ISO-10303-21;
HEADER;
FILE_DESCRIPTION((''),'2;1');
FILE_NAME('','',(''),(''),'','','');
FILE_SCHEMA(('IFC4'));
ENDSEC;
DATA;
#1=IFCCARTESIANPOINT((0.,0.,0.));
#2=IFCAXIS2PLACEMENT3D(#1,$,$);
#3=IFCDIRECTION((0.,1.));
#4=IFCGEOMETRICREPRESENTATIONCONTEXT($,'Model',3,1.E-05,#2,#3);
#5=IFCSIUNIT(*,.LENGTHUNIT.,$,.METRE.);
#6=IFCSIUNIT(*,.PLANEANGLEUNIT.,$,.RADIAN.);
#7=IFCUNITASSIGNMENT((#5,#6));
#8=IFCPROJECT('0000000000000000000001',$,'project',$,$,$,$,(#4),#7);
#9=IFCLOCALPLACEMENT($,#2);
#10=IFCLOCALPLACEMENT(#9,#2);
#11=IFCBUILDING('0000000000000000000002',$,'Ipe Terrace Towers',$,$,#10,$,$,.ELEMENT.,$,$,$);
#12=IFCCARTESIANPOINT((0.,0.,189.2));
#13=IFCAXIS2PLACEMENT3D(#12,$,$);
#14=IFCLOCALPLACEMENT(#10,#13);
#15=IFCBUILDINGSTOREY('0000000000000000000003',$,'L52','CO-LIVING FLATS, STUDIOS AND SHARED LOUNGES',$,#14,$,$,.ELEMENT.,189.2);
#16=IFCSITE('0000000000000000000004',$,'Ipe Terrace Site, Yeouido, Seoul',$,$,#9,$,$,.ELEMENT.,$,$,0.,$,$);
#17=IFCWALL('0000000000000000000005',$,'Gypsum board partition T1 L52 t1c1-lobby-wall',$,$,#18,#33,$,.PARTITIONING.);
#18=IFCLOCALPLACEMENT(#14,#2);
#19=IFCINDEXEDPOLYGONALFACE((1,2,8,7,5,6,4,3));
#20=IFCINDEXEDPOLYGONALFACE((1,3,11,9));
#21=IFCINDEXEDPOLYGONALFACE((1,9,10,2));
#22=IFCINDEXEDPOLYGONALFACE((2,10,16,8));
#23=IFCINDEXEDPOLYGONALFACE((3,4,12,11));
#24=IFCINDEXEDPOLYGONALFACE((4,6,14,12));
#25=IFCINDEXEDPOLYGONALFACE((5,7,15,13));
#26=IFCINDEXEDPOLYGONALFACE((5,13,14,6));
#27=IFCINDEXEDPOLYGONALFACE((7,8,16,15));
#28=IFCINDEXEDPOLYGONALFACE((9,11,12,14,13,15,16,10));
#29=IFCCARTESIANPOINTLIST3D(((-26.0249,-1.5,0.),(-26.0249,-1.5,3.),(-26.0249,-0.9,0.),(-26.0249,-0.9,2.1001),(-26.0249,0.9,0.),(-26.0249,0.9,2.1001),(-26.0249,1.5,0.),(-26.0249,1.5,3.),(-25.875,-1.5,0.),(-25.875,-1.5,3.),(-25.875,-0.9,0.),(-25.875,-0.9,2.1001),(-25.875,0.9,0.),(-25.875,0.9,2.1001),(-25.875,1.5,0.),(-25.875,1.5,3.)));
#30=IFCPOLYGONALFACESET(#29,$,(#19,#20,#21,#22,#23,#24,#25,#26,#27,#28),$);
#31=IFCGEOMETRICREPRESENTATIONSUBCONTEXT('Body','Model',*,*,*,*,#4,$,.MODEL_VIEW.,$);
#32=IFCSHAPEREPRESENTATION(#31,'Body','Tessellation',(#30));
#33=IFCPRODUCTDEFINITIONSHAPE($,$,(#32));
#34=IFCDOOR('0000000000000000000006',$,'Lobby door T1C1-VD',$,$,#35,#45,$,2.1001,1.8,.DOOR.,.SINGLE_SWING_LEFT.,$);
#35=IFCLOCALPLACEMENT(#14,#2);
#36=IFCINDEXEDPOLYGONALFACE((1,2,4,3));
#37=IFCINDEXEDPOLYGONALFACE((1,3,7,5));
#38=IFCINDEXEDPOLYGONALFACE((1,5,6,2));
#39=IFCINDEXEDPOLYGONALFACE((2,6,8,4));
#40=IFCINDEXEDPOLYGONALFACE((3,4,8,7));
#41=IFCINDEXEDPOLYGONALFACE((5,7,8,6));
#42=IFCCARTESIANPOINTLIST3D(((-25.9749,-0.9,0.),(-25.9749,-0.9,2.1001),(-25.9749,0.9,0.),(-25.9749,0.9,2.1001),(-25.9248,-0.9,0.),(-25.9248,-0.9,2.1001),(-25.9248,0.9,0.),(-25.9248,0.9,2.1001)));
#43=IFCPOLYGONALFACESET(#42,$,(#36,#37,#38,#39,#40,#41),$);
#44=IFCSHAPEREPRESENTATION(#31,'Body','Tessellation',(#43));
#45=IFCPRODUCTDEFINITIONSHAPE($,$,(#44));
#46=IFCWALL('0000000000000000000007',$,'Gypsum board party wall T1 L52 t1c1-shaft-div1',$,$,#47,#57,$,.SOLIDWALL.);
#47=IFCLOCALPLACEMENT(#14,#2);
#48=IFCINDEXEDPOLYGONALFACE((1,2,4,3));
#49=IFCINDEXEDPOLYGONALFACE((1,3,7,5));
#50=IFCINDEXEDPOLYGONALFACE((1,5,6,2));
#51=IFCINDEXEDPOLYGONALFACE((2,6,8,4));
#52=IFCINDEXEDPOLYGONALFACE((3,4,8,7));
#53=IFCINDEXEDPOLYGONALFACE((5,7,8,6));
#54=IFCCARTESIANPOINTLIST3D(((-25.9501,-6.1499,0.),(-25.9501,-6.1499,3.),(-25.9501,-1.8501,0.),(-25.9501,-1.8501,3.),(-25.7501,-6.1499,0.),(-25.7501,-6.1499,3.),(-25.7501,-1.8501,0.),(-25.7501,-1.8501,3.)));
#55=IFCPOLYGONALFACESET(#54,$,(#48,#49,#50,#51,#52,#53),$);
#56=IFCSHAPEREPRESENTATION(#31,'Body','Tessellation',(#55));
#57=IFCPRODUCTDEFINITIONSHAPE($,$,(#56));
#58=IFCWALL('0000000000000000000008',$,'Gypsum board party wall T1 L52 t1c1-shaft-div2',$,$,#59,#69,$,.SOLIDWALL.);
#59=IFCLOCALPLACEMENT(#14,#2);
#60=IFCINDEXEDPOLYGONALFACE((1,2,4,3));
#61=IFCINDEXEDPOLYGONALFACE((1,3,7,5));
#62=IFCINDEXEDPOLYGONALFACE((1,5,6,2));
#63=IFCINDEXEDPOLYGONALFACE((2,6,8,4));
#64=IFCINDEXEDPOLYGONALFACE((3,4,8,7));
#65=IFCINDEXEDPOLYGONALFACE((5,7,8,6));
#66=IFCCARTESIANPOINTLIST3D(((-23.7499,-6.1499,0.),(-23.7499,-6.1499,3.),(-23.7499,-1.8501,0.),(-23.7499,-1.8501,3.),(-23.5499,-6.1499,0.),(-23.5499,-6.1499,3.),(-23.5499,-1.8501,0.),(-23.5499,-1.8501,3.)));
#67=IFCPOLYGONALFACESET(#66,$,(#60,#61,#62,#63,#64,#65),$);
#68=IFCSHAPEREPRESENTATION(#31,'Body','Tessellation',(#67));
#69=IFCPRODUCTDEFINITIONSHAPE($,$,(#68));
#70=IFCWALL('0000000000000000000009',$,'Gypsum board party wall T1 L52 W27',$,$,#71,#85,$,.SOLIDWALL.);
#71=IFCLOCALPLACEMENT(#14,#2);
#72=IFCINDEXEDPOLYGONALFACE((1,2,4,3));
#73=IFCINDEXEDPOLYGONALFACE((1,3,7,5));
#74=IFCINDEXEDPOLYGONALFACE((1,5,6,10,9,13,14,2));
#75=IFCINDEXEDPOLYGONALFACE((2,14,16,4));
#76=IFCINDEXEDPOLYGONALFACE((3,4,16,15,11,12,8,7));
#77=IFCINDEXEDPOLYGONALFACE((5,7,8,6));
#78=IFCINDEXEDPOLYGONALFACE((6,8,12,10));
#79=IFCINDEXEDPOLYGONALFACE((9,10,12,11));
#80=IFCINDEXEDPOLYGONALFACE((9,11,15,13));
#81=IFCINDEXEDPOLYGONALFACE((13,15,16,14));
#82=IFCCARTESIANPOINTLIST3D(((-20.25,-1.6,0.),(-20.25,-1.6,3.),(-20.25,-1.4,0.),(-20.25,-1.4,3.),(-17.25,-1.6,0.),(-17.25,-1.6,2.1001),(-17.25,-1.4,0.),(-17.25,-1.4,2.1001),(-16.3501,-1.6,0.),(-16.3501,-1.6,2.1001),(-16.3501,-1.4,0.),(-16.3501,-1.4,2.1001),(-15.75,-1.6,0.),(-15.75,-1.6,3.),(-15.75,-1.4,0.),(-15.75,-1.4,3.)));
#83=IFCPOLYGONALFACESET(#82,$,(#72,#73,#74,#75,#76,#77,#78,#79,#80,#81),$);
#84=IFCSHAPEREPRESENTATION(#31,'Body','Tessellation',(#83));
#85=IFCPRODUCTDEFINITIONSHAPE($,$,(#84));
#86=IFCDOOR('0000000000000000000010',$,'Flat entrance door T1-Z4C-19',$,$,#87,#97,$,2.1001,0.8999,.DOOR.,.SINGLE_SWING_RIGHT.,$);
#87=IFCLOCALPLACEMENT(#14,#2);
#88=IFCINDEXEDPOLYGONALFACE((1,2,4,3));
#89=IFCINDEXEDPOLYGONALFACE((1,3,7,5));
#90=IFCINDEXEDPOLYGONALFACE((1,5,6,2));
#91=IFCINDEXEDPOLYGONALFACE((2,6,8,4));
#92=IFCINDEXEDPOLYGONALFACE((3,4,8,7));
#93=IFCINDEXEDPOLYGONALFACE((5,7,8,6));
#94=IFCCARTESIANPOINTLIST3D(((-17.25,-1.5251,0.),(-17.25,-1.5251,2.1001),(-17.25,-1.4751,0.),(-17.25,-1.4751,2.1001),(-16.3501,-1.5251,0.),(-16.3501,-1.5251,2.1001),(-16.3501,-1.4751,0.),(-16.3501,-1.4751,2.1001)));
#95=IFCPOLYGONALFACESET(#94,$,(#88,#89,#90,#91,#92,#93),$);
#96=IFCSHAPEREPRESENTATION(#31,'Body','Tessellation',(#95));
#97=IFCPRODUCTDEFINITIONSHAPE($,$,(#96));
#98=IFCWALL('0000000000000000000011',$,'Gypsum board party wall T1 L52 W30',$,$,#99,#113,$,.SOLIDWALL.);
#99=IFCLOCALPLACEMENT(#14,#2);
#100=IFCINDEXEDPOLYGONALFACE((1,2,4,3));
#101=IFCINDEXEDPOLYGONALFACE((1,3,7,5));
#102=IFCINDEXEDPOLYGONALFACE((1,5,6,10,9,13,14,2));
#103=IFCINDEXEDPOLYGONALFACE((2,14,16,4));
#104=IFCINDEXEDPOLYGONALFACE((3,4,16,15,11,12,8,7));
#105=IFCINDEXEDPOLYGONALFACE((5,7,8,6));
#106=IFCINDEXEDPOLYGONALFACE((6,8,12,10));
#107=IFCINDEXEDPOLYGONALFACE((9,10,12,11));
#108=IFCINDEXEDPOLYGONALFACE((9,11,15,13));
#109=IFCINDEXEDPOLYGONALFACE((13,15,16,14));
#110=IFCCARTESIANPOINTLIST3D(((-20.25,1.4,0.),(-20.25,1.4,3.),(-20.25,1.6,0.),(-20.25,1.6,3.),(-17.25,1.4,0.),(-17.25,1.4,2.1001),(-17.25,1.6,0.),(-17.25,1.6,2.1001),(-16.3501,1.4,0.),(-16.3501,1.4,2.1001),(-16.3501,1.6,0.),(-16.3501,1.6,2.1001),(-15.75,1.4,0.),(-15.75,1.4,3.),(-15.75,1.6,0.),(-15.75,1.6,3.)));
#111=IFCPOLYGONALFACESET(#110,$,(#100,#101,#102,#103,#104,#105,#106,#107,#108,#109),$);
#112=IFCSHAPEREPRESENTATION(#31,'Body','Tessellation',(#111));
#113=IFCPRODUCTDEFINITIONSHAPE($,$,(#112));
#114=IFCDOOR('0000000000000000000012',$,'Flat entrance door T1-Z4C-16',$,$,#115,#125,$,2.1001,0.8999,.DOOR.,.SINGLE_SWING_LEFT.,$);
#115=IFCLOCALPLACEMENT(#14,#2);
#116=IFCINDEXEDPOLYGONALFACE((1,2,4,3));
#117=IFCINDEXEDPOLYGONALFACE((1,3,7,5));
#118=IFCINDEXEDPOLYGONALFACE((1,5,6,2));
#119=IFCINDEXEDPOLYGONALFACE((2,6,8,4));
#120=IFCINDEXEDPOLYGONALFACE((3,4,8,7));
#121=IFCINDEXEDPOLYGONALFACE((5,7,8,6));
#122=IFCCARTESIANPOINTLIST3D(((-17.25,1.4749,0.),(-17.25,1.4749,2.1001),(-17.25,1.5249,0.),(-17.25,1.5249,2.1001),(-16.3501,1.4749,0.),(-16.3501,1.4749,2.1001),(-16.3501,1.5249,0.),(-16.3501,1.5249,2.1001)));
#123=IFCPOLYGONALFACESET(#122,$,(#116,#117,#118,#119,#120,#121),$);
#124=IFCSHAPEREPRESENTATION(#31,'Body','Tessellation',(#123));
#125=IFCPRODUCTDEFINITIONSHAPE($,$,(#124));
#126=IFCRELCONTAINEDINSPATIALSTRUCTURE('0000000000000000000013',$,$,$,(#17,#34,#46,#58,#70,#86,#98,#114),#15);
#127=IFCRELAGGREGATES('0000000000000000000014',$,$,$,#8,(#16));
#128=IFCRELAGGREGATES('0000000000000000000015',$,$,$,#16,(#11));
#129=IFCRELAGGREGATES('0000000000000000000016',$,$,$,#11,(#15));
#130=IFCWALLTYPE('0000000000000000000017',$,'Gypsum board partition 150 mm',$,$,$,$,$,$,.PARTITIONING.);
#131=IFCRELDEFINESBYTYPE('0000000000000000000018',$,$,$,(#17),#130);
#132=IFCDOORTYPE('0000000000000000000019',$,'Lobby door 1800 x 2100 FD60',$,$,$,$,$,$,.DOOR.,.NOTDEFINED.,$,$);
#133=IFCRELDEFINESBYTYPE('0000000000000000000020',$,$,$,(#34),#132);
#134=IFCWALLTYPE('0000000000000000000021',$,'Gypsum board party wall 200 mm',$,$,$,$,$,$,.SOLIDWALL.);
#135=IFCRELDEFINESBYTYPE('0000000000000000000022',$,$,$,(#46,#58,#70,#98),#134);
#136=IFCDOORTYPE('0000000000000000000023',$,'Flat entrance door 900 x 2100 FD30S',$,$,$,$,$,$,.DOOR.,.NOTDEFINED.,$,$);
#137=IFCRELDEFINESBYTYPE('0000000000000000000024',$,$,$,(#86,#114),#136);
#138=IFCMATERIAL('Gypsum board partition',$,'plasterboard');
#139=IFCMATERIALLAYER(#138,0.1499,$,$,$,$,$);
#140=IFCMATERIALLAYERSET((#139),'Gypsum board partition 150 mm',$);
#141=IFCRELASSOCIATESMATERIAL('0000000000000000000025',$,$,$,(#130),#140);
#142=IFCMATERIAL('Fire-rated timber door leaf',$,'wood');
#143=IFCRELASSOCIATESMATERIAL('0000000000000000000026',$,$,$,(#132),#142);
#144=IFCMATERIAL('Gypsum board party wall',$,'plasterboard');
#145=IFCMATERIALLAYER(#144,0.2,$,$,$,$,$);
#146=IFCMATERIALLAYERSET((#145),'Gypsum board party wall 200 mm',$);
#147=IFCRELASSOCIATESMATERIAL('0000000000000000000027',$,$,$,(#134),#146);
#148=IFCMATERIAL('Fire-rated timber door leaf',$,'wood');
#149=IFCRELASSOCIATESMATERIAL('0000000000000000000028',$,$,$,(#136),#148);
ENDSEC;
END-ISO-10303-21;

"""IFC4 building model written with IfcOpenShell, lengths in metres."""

from ifc_helpers import new_model, si_unit, direction, frame, frame_2d, origin, place, context, subcontext, project, spatial, rectangle, extrude, material, layer, layer_set, type_object, element, fill, save


model = new_model("IFC4")

# Units and contexts
model_context = context("Model", 3, precision=1e-05, world=origin(), true_north=direction((0.0, 1.0)))
body_context = subcontext(model_context, "Body", "Model", "MODEL_VIEW")
ifc_project = project(units=[si_unit("LENGTHUNIT", "METRE"), si_unit("PLANEANGLEUNIT", "RADIAN")], contexts=[model_context])

# Site, building, storey
site_placement = place(None, origin())
site = spatial("IfcSite", under=ifc_project, at=site_placement, Name="Ipe Terrace Site, Yeouido, Seoul", CompositionType="ELEMENT", RefElevation=0.0)
building_placement = place(site_placement, origin())
building = spatial("IfcBuilding", under=site, at=building_placement, Name="Ipe Terrace Towers", CompositionType="ELEMENT")
storey_placement = place(building_placement, frame((0.0, 0.0, 189.2)))
storey = spatial("IfcBuildingStorey", under=building, at=storey_placement, Name="L52", Description="CO-LIVING FLATS, STUDIOS AND SHARED LOUNGES", CompositionType="ELEMENT", Elevation=189.2)

# Wall, opening, door
ifc_material_1 = material(Name="Gypsum board partition", Category="plasterboard")
ifc_layer_1 = layer(ifc_material_1, 0.1499)
ifc_layer_set_1 = layer_set([ifc_layer_1], Name="Gypsum board partition 150 mm")
wall_type_1 = type_object("IfcWallType", Name="Gypsum board partition 150 mm", PredefinedType="PARTITIONING", material=ifc_layer_set_1)
wall_1_placement = place(storey_placement, frame((-25.95, -1.5, 0.0), z_axis=(0.0, 0.0, 1.0), x_axis=(0.0, 1.0, 0.0)))
wall_1 = element("IfcWall", 1, at=wall_1_placement, inside=storey, type_object=wall_type_1, Name="Gypsum board partition T1 L52 t1c1-lobby-wall", PredefinedType="PARTITIONING", context=body_context, shape_type="SweptSolid", body=[
    extrude(rectangle(XDim=3.0, YDim=0.1499, at=frame_2d((1.5, 0.0))), origin(), (0.0, 0.0, 1.0), 3.0),
])
opening_1_placement = place(wall_1_placement, frame((0.6001, 0.0, 0.0)))
opening_1 = element("IfcOpeningElement", 2, at=opening_1_placement, cuts=wall_1, PredefinedType="OPENING", context=body_context, shape_type="SweptSolid", body=[
    extrude(rectangle(XDim=1.8, YDim=2.1001, at=frame_2d((0.8999, 1.05))), frame((0.0, 0.085, 0.0), z_axis=(0.0, -1.0, 0.0), x_axis=(1.0, 0.0, 0.0)), (0.0, 0.0, 1.0), 0.1699),
])
ifc_material_2 = material(Name="Fire-rated timber door leaf", Category="wood")
door_type_1 = type_object("IfcDoorType", Name="Lobby door 1800 x 2100 FD60", OperationType="NOTDEFINED", PredefinedType="DOOR", material=ifc_material_2)
door_1_placement = place(opening_1_placement, origin())
door_1 = element("IfcDoor", 3, at=door_1_placement, inside=storey, type_object=door_type_1, Name="Lobby door T1C1-VD", OperationType="SINGLE_SWING_LEFT", OverallHeight=2.1001, OverallWidth=1.8, PredefinedType="DOOR", context=body_context, shape_type="SweptSolid", body=[
    extrude(rectangle(XDim=1.8, YDim=2.1001, at=frame_2d((0.8999, 1.05))), frame((0.0, 0.0249, 0.0), z_axis=(0.0, -1.0, 0.0), x_axis=(1.0, 0.0, 0.0)), (0.0, 0.0, 1.0), 0.05),
])
fill(opening_1, door_1)

# Walls
ifc_material_3 = material(Name="Gypsum board party wall", Category="plasterboard")
ifc_layer_2 = layer(ifc_material_3, 0.2)
ifc_layer_set_2 = layer_set([ifc_layer_2], Name="Gypsum board party wall 200 mm")
wall_type_2 = type_object("IfcWallType", Name="Gypsum board party wall 200 mm", PredefinedType="SOLIDWALL", material=ifc_layer_set_2)
for number, where, z_axis, x_axis, name in (
    (4, (-25.8501, -6.1499, 0.0), (0.0, 0.0, 1.0), (0.0, 1.0, 0.0), "Gypsum board party wall T1 L52 t1c1-shaft-div1"),
    (5, (-23.6499, -6.1499, 0.0), (0.0, 0.0, 1.0), (0.0, 1.0, 0.0), "Gypsum board party wall T1 L52 t1c1-shaft-div2"),
):
    element("IfcWall", number, at=place(storey_placement, frame(where, z_axis=z_axis, x_axis=x_axis)), inside=storey, type_object=wall_type_2, Name=name, PredefinedType="SOLIDWALL", context=body_context, shape_type="SweptSolid", body=[
        extrude(rectangle(XDim=4.2998, YDim=0.2, at=frame_2d((2.1499, 0.0))), origin(), (0.0, 0.0, 1.0), 3.0),
    ])

# Walls, openings, doors
wall_2_placement = place(storey_placement, frame((-20.25, -1.5, 0.0), z_axis=(0.0, 0.0, 1.0), x_axis=(1.0, 0.0, 0.0)))
wall_2 = element("IfcWall", 6, at=wall_2_placement, inside=storey, type_object=wall_type_2, Name="Gypsum board party wall T1 L52 W27", PredefinedType="SOLIDWALL", context=body_context, shape_type="SweptSolid", body=[
    extrude(rectangle(XDim=4.5, YDim=0.2, at=frame_2d((2.25, 0.0))), origin(), (0.0, 0.0, 1.0), 3.0),
])
opening_2_placement = place(wall_2_placement, frame((3.0, 0.0, 0.0)))
opening_2 = element("IfcOpeningElement", 7, at=opening_2_placement, cuts=wall_2, PredefinedType="OPENING", context=body_context, shape_type="SweptSolid", body=[
    extrude(rectangle(XDim=0.8999, YDim=2.1001, at=frame_2d((0.45, 1.05))), frame((0.0, 0.1099, 0.0), z_axis=(0.0, -1.0, 0.0), x_axis=(1.0, 0.0, 0.0)), (0.0, 0.0, 1.0), 0.22),
])
ifc_material_4 = material(Name="Fire-rated timber door leaf", Category="wood")
door_type_2 = type_object("IfcDoorType", Name="Flat entrance door 900 x 2100 FD30S", OperationType="NOTDEFINED", PredefinedType="DOOR", material=ifc_material_4)
door_2_placement = place(opening_2_placement, origin())
door_2 = element("IfcDoor", 8, at=door_2_placement, inside=storey, type_object=door_type_2, Name="Flat entrance door T1-Z4C-19", OperationType="SINGLE_SWING_RIGHT", OverallHeight=2.1001, OverallWidth=0.8999, PredefinedType="DOOR", context=body_context, shape_type="SweptSolid", body=[
    extrude(rectangle(XDim=0.8999, YDim=2.1001, at=frame_2d((0.45, 1.05))), frame((0.0, 0.0249, 0.0), z_axis=(0.0, -1.0, 0.0), x_axis=(1.0, 0.0, 0.0)), (0.0, 0.0, 1.0), 0.05),
])
fill(opening_2, door_2)
wall_3_placement = place(storey_placement, frame((-20.25, 1.5, 0.0), z_axis=(0.0, 0.0, 1.0), x_axis=(1.0, 0.0, 0.0)))
wall_3 = element("IfcWall", 9, at=wall_3_placement, inside=storey, type_object=wall_type_2, Name="Gypsum board party wall T1 L52 W30", PredefinedType="SOLIDWALL", context=body_context, shape_type="SweptSolid", body=[
    extrude(rectangle(XDim=4.5, YDim=0.2, at=frame_2d((2.25, 0.0))), origin(), (0.0, 0.0, 1.0), 3.0),
])
opening_3_placement = place(wall_3_placement, frame((3.0, 0.0, 0.0)))
opening_3 = element("IfcOpeningElement", 10, at=opening_3_placement, cuts=wall_3, PredefinedType="OPENING", context=body_context, shape_type="SweptSolid", body=[
    extrude(rectangle(XDim=0.8999, YDim=2.1001, at=frame_2d((0.45, 1.05))), frame((0.0, 0.1099, 0.0), z_axis=(0.0, -1.0, 0.0), x_axis=(1.0, 0.0, 0.0)), (0.0, 0.0, 1.0), 0.22),
])
door_3_placement = place(opening_3_placement, origin())
door_3 = element("IfcDoor", 11, at=door_3_placement, inside=storey, type_object=door_type_2, Name="Flat entrance door T1-Z4C-16", OperationType="SINGLE_SWING_LEFT", OverallHeight=2.1001, OverallWidth=0.8999, PredefinedType="DOOR", context=body_context, shape_type="SweptSolid", body=[
    extrude(rectangle(XDim=0.8999, YDim=2.1001, at=frame_2d((0.45, 1.05))), frame((0.0, 0.0249, 0.0), z_axis=(0.0, -1.0, 0.0), x_axis=(1.0, 0.0, 0.0)), (0.0, 0.0, 1.0), 0.05),
])
fill(opening_3, door_3)

save(model, "model.ifc")
